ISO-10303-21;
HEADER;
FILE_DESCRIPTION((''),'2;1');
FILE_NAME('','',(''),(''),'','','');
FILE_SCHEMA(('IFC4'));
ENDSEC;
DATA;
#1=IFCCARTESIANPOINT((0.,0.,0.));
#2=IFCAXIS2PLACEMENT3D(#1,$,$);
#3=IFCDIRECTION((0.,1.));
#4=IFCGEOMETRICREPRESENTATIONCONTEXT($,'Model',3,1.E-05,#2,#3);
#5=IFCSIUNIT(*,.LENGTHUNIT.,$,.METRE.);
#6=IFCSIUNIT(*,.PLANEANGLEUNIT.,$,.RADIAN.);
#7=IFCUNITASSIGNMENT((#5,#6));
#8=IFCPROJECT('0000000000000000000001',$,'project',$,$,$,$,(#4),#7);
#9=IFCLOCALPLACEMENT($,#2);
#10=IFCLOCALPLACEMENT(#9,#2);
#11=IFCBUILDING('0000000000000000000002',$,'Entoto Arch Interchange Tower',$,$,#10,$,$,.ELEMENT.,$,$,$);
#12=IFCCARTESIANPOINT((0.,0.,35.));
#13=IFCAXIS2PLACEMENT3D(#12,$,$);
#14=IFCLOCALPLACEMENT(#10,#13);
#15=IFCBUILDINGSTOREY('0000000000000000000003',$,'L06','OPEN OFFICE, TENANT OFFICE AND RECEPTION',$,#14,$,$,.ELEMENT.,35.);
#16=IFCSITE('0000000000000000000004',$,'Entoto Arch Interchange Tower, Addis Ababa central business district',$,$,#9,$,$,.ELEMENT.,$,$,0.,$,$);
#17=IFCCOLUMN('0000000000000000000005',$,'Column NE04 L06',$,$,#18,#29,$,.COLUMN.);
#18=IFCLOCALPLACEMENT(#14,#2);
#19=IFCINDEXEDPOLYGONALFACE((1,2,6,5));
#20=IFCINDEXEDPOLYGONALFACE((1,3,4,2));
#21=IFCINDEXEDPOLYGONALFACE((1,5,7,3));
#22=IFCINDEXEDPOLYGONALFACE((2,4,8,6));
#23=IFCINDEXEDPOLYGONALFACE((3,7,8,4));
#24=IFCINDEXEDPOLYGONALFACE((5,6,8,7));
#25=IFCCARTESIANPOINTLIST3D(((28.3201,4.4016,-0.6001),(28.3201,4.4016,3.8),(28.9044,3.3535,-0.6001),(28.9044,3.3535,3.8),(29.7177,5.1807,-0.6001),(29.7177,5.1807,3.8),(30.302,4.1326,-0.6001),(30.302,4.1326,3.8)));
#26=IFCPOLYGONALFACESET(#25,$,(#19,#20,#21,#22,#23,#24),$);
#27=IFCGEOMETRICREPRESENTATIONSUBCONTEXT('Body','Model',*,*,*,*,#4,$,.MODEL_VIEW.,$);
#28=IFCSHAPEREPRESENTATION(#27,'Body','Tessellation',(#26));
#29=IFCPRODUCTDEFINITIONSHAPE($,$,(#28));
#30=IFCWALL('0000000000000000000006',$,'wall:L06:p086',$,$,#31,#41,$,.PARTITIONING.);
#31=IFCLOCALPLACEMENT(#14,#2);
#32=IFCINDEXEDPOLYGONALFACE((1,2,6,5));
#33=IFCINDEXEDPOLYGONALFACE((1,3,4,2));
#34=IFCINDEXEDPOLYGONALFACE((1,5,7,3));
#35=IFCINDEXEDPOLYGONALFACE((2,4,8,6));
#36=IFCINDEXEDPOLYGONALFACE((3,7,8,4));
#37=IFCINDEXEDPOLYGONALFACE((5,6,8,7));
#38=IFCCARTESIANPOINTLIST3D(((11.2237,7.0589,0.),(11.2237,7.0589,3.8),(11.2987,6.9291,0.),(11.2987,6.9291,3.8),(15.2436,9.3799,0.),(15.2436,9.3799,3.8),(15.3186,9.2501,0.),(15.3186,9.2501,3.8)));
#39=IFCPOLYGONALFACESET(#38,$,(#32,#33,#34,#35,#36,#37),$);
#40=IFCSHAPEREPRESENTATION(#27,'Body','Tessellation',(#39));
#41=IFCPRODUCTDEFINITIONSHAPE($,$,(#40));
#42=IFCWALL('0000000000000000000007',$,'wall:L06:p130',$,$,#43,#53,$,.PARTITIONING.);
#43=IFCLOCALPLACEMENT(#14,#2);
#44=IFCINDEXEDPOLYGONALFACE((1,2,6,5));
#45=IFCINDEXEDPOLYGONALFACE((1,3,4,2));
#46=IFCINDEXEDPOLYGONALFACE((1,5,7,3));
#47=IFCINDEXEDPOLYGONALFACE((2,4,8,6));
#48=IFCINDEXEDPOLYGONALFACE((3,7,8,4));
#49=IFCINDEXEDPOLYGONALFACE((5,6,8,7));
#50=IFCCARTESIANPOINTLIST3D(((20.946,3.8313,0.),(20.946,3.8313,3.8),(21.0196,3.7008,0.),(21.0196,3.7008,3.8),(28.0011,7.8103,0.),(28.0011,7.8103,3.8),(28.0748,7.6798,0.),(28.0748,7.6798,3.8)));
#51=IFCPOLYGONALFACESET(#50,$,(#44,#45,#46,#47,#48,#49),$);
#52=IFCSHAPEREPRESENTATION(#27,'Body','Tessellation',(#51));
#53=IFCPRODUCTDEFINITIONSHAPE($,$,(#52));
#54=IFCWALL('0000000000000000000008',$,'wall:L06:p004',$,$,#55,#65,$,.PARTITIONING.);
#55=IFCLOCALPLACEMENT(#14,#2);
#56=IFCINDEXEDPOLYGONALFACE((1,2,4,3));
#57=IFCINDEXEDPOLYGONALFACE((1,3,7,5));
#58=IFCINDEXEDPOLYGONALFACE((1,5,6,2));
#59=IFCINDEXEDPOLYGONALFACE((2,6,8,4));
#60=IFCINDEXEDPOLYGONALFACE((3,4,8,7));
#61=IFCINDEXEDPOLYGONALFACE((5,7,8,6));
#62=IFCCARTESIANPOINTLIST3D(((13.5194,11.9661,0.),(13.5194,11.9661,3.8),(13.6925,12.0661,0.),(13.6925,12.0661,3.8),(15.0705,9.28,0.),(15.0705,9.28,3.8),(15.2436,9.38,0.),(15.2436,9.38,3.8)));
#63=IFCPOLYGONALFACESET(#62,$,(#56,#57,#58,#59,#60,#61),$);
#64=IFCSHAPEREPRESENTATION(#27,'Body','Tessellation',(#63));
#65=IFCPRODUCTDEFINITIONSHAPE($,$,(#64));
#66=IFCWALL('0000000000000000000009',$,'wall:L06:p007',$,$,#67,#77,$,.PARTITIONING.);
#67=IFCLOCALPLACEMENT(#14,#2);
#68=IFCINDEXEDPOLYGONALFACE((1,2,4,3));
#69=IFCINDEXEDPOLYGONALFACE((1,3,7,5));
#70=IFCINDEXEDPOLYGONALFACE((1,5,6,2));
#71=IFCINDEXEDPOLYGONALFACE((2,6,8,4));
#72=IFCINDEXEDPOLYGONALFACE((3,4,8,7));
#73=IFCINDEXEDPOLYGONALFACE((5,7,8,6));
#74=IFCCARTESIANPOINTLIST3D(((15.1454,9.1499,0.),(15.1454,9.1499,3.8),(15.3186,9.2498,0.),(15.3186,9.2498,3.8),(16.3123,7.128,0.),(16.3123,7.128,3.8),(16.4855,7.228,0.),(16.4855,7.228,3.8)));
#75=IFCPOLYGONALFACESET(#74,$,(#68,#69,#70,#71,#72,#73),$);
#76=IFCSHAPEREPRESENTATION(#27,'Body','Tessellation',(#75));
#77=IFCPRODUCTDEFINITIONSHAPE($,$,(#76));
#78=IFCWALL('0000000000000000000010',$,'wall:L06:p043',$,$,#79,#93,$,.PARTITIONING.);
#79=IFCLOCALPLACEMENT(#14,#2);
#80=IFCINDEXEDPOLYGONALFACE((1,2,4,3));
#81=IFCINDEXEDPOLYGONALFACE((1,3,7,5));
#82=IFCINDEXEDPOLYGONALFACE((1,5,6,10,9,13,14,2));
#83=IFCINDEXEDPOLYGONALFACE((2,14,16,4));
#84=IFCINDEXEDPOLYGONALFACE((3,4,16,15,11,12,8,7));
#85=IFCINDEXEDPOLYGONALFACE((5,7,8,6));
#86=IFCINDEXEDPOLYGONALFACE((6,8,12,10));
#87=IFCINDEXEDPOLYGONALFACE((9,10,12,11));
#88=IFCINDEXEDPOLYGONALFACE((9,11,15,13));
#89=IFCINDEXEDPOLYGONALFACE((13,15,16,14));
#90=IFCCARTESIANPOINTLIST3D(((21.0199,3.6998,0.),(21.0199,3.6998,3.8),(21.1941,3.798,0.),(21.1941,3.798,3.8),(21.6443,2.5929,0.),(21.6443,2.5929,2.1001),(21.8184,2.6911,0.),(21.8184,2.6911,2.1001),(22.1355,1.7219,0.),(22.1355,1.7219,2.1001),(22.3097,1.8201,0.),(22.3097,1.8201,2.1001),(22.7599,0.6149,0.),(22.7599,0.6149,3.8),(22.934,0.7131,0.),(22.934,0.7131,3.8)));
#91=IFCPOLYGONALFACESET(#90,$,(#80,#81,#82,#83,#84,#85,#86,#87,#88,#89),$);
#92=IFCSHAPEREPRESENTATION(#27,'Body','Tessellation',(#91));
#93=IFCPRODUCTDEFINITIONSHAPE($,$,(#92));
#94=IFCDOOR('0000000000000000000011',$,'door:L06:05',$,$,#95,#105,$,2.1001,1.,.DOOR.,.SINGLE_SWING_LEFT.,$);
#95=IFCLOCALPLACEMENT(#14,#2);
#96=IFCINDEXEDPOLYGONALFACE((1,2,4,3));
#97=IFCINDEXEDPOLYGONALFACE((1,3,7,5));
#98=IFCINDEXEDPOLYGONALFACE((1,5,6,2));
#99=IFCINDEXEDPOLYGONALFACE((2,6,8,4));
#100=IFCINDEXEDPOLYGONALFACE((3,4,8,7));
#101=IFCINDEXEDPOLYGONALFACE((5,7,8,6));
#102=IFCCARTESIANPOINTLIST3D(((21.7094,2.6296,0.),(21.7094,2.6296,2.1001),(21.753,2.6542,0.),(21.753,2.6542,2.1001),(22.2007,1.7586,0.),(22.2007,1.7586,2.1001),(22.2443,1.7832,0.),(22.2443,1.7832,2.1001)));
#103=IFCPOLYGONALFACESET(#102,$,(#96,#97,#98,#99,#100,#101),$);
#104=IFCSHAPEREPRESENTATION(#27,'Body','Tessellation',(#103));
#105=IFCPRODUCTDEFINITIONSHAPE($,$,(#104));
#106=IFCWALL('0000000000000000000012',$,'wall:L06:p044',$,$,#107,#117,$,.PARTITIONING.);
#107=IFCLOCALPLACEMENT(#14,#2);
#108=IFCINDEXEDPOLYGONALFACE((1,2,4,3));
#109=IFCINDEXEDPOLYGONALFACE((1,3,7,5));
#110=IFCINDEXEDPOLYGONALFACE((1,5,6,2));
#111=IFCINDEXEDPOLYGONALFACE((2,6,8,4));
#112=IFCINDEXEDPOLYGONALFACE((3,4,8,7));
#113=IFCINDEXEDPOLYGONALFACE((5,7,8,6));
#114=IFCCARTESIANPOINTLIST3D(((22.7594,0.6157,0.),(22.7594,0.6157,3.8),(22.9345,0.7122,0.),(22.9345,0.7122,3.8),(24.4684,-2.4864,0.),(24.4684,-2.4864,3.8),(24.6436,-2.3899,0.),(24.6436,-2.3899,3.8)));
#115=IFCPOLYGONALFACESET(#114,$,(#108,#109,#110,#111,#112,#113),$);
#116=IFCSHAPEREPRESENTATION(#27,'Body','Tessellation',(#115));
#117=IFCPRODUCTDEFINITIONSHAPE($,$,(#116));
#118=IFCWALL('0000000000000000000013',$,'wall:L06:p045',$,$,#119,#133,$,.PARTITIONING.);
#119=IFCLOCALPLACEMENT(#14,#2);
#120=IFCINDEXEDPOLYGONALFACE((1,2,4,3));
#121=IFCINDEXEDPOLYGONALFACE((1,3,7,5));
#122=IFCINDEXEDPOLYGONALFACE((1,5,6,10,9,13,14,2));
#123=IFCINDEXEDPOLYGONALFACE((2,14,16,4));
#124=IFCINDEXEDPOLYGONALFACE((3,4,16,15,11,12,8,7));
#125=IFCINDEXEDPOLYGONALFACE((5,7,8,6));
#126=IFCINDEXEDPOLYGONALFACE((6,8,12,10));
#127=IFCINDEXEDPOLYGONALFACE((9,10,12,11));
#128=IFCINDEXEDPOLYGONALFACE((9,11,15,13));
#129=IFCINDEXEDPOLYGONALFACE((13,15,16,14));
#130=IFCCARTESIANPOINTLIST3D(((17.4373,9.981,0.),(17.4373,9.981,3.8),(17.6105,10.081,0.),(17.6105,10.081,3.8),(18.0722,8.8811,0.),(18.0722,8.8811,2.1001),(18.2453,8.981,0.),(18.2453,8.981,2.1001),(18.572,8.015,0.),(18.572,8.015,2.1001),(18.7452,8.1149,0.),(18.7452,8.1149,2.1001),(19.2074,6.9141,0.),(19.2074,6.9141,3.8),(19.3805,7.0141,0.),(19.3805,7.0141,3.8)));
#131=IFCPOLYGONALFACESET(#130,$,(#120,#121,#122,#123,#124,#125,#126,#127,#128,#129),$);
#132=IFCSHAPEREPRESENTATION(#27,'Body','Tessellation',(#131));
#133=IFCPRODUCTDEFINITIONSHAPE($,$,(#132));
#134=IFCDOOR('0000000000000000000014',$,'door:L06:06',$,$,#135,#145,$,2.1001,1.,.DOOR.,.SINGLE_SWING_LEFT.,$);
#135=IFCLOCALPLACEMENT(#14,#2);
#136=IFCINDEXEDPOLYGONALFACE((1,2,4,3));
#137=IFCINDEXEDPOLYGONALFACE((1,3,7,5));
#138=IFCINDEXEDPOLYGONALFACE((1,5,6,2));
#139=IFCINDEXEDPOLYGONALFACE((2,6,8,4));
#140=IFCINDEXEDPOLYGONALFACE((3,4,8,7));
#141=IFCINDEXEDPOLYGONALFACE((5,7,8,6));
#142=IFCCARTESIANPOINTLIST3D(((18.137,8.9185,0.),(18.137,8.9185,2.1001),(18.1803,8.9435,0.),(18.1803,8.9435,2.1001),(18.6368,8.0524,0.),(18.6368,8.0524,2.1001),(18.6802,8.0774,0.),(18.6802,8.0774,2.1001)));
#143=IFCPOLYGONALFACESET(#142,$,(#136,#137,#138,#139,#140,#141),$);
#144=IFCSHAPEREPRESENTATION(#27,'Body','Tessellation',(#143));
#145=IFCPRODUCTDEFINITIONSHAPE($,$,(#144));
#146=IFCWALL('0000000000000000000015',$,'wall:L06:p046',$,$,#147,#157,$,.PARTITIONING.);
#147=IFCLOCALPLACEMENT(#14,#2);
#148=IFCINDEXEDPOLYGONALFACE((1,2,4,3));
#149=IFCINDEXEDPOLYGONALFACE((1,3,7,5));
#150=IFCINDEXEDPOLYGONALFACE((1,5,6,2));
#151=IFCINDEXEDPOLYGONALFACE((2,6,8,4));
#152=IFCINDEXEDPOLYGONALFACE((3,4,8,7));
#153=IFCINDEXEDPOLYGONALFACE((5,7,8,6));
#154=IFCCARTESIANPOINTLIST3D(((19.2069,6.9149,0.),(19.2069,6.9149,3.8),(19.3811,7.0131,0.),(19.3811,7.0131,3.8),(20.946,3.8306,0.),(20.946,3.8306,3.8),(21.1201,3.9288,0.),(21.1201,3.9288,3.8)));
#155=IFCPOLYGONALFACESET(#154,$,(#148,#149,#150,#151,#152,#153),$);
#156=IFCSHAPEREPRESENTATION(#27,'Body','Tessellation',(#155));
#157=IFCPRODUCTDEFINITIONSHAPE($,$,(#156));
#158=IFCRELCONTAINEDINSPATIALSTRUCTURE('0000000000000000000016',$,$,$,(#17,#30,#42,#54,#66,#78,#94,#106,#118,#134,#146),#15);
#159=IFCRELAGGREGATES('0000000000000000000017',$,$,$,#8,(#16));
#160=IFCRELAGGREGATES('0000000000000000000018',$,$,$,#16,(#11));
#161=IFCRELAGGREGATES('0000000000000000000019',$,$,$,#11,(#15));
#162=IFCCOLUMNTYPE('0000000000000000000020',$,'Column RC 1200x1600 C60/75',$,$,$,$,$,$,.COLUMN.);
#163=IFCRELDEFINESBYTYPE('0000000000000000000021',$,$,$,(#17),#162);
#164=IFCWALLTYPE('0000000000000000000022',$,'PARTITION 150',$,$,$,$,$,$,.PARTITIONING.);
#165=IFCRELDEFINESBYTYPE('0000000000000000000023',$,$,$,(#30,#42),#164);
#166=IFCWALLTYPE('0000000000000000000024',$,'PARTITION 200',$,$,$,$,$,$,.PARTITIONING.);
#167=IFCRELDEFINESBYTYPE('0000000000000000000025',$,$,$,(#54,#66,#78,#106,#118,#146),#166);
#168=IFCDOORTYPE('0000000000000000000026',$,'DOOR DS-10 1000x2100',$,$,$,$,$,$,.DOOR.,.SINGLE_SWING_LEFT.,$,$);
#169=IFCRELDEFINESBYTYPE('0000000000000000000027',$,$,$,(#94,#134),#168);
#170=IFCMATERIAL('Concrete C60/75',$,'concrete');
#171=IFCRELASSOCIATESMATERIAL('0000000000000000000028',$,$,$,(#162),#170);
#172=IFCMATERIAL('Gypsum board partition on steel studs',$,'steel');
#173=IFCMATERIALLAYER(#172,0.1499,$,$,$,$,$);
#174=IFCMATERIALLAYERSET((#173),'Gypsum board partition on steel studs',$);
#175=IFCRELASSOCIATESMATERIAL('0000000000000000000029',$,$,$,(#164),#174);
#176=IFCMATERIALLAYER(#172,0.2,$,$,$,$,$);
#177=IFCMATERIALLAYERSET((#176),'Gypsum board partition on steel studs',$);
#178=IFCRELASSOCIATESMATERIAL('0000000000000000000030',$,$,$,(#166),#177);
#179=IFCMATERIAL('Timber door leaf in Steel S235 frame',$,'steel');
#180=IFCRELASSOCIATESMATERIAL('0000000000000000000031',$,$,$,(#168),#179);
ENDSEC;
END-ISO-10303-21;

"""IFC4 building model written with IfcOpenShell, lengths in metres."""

from ifc_helpers import new_model, si_unit, direction, frame, frame_2d, origin, origin_2d, place, context, subcontext, project, spatial, rectangle, extrude, material, layer, layer_set, material_profile, profile_set, type_object, element, fill, save


model = new_model("IFC4")

# Units and contexts
model_context = context("Model", 3, precision=1e-05, world=origin(), true_north=direction((0.0, 1.0)))
body_context = subcontext(model_context, "Body", "Model", "MODEL_VIEW")
ifc_project = project(units=[si_unit("LENGTHUNIT", "METRE"), si_unit("PLANEANGLEUNIT", "RADIAN")], contexts=[model_context])

# Site, building, storey
site_placement = place(None, origin())
site = spatial("IfcSite", under=ifc_project, at=site_placement, Name="Entoto Arch Interchange Tower, Addis Ababa central business district", CompositionType="ELEMENT", RefElevation=0.0)
building_placement = place(site_placement, origin())
building = spatial("IfcBuilding", under=site, at=building_placement, Name="Entoto Arch Interchange Tower", CompositionType="ELEMENT")
storey_placement = place(building_placement, frame((0.0, 0.0, 35.0)))
storey = spatial("IfcBuildingStorey", under=building, at=storey_placement, Name="L06", Description="OPEN OFFICE, TENANT OFFICE AND RECEPTION", CompositionType="ELEMENT", Elevation=35.0)

# Column
ifc_material_1 = material(Name="Concrete C60/75", Category="concrete")
ifc_material_profile = material_profile(ifc_material_1, rectangle(XDim=1.2, YDim=1.6001, at=origin_2d()))
ifc_profile_set = profile_set([ifc_material_profile], Name="Concrete C60/75")
column_type = type_object("IfcColumnType", Name="Column RC 1200x1600 C60/75", PredefinedType="COLUMN", material=ifc_profile_set)
column_placement = place(storey_placement, frame((29.311, 4.2671, -0.6001), z_axis=(0.0, 0.0, 1.0), x_axis=(-0.486915, 0.873449, 0.0)))
element("IfcColumn", 1, at=column_placement, inside=storey, type_object=column_type, Name="Column NE04 L06", PredefinedType="COLUMN", context=body_context, shape_type="SweptSolid", body=[
    extrude(rectangle(XDim=1.2, YDim=1.6001, at=origin_2d()), origin(), (0.0, 0.0, 1.0), 4.4001),
])

# Walls
ifc_material_2 = material(Name="Gypsum board partition on steel studs", Category="steel")
ifc_layer_1 = layer(ifc_material_2, 0.1499)
ifc_layer_set_1 = layer_set([ifc_layer_1], Name="Gypsum board partition on steel studs")
wall_type_1 = type_object("IfcWallType", Name="PARTITION 150", PredefinedType="PARTITIONING", material=ifc_layer_set_1)
wall_1_placement = place(storey_placement, frame((15.281, 9.3149, 0.0), z_axis=(0.0, 0.0, 1.0), x_axis=(-0.866017, -0.500014, 0.0)))
element("IfcWall", 2, at=wall_1_placement, inside=storey, type_object=wall_type_1, Name="wall:L06:p086", PredefinedType="PARTITIONING", context=body_context, shape_type="SweptSolid", body=[
    extrude(rectangle(XDim=4.6418, YDim=0.1499, at=frame_2d((2.3208, 0.0))), origin(), (0.0, 0.0, 1.0), 3.8),
])
wall_2_placement = place(storey_placement, frame((20.9829, 3.7661, 0.0), z_axis=(0.0, 0.0, 1.0), x_axis=(0.871023, 0.491243, 0.0)))
element("IfcWall", 3, at=wall_2_placement, inside=storey, type_object=wall_type_1, Name="wall:L06:p130", PredefinedType="PARTITIONING", context=body_context, shape_type="SweptSolid", body=[
    extrude(rectangle(XDim=8.0999, YDim=0.1499, at=frame_2d((4.0498, 0.0))), origin(), (0.0, 0.0, 1.0), 3.8),
])
ifc_layer_2 = layer(ifc_material_2, 0.2)
ifc_layer_set_2 = layer_set([ifc_layer_2], Name="Gypsum board partition on steel studs")
wall_type_2 = type_object("IfcWallType", Name="PARTITION 200", PredefinedType="PARTITIONING", material=ifc_layer_set_2)
wall_3_placement = place(storey_placement, frame((15.157, 9.3301, 0.0), z_axis=(0.0, 0.0, 1.0), x_axis=(-0.500059, 0.865992, 0.0)))
element("IfcWall", 4, at=wall_3_placement, inside=storey, type_object=wall_type_2, Name="wall:L06:p004", PredefinedType="PARTITIONING", context=body_context, shape_type="SweptSolid", body=[
    extrude(rectangle(XDim=3.1018, YDim=0.2, at=frame_2d((1.5508, 0.0))), origin(), (0.0, 0.0, 1.0), 3.8),
])
wall_4_placement = place(storey_placement, frame((16.3989, 7.178, 0.0), z_axis=(0.0, 0.0, 1.0), x_axis=(-0.499873, 0.866099, 0.0)))
element("IfcWall", 5, at=wall_4_placement, inside=storey, type_object=wall_type_2, Name="wall:L06:p007", PredefinedType="PARTITIONING", context=body_context, shape_type="SweptSolid", body=[
    extrude(rectangle(XDim=2.3345, YDim=0.2, at=frame_2d((1.1672, 0.0))), origin(), (0.0, 0.0, 1.0), 3.8),
])

# Wall, opening, door
wall_5_placement = place(storey_placement, frame((21.1069, 3.749, 0.0), z_axis=(0.0, 0.0, 1.0), x_axis=(0.491269, -0.871008, 0.0)))
wall_5 = element("IfcWall", 6, at=wall_5_placement, inside=storey, type_object=wall_type_2, Name="wall:L06:p043", PredefinedType="PARTITIONING", context=body_context, shape_type="SweptSolid", body=[
    extrude(rectangle(XDim=3.5417, YDim=0.2, at=frame_2d((1.771, 0.0))), origin(), (0.0, 0.0, 1.0), 3.8),
])
opening_1_placement = place(wall_5_placement, frame((1.271, 0.0, 0.0)))
opening_1 = element("IfcOpeningElement", 7, at=opening_1_placement, cuts=wall_5, PredefinedType="OPENING", context=body_context, shape_type="SweptSolid", body=[
    extrude(rectangle(XDim=1.0, YDim=2.1001, at=frame_2d((0.5, 1.05))), frame((0.0, 0.1099, 0.0), z_axis=(0.0, -1.0, 0.0), x_axis=(1.0, 0.0, 0.0)), (0.0, 0.0, 1.0), 0.22),
])
ifc_material_3 = material(Name="Timber door leaf in Steel S235 frame", Category="steel")
door_type = type_object("IfcDoorType", Name="DOOR DS-10 1000x2100", OperationType="SINGLE_SWING_LEFT", PredefinedType="DOOR", material=ifc_material_3)
door_1_placement = place(opening_1_placement, origin())
door_1 = element("IfcDoor", 8, at=door_1_placement, inside=storey, type_object=door_type, Name="door:L06:05", OperationType="SINGLE_SWING_LEFT", OverallHeight=2.1001, OverallWidth=1.0, PredefinedType="DOOR", context=body_context, shape_type="SweptSolid", body=[
    extrude(rectangle(XDim=1.0, YDim=2.1001, at=frame_2d((0.5, 1.05))), frame((0.0, 0.0249, 0.0), z_axis=(0.0, -1.0, 0.0), x_axis=(1.0, 0.0, 0.0)), (0.0, 0.0, 1.0), 0.05),
])
fill(opening_1, door_1)

# Wall
wall_6_placement = place(storey_placement, frame((22.8469, 0.6641, 0.0), z_axis=(0.0, 0.0, 1.0), x_axis=(0.482538, -0.875875, 0.0)))
element("IfcWall", 9, at=wall_6_placement, inside=storey, type_object=wall_type_2, Name="wall:L06:p044", PredefinedType="PARTITIONING", context=body_context, shape_type="SweptSolid", body=[
    extrude(rectangle(XDim=3.5417, YDim=0.2, at=frame_2d((1.771, 0.0))), origin(), (0.0, 0.0, 1.0), 3.8),
])

# Wall, opening, door
wall_7_placement = place(storey_placement, frame((17.5239, 10.031, 0.0), z_axis=(0.0, 0.0, 1.0), x_axis=(0.499862, -0.866105, 0.0)))
wall_7 = element("IfcWall", 10, at=wall_7_placement, inside=storey, type_object=wall_type_2, Name="wall:L06:p045", PredefinedType="PARTITIONING", context=body_context, shape_type="SweptSolid", body=[
    extrude(rectangle(XDim=3.541, YDim=0.2, at=frame_2d((1.7705, 0.0))), origin(), (0.0, 0.0, 1.0), 3.8),
])
opening_2_placement = place(wall_7_placement, frame((1.27, 0.0, 0.0)))
opening_2 = element("IfcOpeningElement", 11, at=opening_2_placement, cuts=wall_7, PredefinedType="OPENING", context=body_context, shape_type="SweptSolid", body=[
    extrude(rectangle(XDim=1.0, YDim=2.1001, at=frame_2d((0.5, 1.05))), frame((0.0, 0.1099, 0.0), z_axis=(0.0, -1.0, 0.0), x_axis=(1.0, 0.0, 0.0)), (0.0, 0.0, 1.0), 0.22),
])
door_2_placement = place(opening_2_placement, origin())
door_2 = element("IfcDoor", 12, at=door_2_placement, inside=storey, type_object=door_type, Name="door:L06:06", OperationType="SINGLE_SWING_LEFT", OverallHeight=2.1001, OverallWidth=1.0, PredefinedType="DOOR", context=body_context, shape_type="SweptSolid", body=[
    extrude(rectangle(XDim=1.0, YDim=2.1001, at=frame_2d((0.5, 1.05))), frame((0.0, 0.0249, 0.0), z_axis=(0.0, -1.0, 0.0), x_axis=(1.0, 0.0, 0.0)), (0.0, 0.0, 1.0), 0.05),
])
fill(opening_2, door_2)

# Wall
wall_8_placement = place(storey_placement, frame((19.2939, 6.9641, 0.0), z_axis=(0.0, 0.0, 1.0), x_axis=(0.491148, -0.871076, 0.0)))
element("IfcWall", 13, at=wall_8_placement, inside=storey, type_object=wall_type_2, Name="wall:L06:p046", PredefinedType="PARTITIONING", context=body_context, shape_type="SweptSolid", body=[
    extrude(rectangle(XDim=3.5408, YDim=0.2, at=frame_2d((1.7705, 0.0))), origin(), (0.0, 0.0, 1.0), 3.8),
])

save(model, "model.ifc")
